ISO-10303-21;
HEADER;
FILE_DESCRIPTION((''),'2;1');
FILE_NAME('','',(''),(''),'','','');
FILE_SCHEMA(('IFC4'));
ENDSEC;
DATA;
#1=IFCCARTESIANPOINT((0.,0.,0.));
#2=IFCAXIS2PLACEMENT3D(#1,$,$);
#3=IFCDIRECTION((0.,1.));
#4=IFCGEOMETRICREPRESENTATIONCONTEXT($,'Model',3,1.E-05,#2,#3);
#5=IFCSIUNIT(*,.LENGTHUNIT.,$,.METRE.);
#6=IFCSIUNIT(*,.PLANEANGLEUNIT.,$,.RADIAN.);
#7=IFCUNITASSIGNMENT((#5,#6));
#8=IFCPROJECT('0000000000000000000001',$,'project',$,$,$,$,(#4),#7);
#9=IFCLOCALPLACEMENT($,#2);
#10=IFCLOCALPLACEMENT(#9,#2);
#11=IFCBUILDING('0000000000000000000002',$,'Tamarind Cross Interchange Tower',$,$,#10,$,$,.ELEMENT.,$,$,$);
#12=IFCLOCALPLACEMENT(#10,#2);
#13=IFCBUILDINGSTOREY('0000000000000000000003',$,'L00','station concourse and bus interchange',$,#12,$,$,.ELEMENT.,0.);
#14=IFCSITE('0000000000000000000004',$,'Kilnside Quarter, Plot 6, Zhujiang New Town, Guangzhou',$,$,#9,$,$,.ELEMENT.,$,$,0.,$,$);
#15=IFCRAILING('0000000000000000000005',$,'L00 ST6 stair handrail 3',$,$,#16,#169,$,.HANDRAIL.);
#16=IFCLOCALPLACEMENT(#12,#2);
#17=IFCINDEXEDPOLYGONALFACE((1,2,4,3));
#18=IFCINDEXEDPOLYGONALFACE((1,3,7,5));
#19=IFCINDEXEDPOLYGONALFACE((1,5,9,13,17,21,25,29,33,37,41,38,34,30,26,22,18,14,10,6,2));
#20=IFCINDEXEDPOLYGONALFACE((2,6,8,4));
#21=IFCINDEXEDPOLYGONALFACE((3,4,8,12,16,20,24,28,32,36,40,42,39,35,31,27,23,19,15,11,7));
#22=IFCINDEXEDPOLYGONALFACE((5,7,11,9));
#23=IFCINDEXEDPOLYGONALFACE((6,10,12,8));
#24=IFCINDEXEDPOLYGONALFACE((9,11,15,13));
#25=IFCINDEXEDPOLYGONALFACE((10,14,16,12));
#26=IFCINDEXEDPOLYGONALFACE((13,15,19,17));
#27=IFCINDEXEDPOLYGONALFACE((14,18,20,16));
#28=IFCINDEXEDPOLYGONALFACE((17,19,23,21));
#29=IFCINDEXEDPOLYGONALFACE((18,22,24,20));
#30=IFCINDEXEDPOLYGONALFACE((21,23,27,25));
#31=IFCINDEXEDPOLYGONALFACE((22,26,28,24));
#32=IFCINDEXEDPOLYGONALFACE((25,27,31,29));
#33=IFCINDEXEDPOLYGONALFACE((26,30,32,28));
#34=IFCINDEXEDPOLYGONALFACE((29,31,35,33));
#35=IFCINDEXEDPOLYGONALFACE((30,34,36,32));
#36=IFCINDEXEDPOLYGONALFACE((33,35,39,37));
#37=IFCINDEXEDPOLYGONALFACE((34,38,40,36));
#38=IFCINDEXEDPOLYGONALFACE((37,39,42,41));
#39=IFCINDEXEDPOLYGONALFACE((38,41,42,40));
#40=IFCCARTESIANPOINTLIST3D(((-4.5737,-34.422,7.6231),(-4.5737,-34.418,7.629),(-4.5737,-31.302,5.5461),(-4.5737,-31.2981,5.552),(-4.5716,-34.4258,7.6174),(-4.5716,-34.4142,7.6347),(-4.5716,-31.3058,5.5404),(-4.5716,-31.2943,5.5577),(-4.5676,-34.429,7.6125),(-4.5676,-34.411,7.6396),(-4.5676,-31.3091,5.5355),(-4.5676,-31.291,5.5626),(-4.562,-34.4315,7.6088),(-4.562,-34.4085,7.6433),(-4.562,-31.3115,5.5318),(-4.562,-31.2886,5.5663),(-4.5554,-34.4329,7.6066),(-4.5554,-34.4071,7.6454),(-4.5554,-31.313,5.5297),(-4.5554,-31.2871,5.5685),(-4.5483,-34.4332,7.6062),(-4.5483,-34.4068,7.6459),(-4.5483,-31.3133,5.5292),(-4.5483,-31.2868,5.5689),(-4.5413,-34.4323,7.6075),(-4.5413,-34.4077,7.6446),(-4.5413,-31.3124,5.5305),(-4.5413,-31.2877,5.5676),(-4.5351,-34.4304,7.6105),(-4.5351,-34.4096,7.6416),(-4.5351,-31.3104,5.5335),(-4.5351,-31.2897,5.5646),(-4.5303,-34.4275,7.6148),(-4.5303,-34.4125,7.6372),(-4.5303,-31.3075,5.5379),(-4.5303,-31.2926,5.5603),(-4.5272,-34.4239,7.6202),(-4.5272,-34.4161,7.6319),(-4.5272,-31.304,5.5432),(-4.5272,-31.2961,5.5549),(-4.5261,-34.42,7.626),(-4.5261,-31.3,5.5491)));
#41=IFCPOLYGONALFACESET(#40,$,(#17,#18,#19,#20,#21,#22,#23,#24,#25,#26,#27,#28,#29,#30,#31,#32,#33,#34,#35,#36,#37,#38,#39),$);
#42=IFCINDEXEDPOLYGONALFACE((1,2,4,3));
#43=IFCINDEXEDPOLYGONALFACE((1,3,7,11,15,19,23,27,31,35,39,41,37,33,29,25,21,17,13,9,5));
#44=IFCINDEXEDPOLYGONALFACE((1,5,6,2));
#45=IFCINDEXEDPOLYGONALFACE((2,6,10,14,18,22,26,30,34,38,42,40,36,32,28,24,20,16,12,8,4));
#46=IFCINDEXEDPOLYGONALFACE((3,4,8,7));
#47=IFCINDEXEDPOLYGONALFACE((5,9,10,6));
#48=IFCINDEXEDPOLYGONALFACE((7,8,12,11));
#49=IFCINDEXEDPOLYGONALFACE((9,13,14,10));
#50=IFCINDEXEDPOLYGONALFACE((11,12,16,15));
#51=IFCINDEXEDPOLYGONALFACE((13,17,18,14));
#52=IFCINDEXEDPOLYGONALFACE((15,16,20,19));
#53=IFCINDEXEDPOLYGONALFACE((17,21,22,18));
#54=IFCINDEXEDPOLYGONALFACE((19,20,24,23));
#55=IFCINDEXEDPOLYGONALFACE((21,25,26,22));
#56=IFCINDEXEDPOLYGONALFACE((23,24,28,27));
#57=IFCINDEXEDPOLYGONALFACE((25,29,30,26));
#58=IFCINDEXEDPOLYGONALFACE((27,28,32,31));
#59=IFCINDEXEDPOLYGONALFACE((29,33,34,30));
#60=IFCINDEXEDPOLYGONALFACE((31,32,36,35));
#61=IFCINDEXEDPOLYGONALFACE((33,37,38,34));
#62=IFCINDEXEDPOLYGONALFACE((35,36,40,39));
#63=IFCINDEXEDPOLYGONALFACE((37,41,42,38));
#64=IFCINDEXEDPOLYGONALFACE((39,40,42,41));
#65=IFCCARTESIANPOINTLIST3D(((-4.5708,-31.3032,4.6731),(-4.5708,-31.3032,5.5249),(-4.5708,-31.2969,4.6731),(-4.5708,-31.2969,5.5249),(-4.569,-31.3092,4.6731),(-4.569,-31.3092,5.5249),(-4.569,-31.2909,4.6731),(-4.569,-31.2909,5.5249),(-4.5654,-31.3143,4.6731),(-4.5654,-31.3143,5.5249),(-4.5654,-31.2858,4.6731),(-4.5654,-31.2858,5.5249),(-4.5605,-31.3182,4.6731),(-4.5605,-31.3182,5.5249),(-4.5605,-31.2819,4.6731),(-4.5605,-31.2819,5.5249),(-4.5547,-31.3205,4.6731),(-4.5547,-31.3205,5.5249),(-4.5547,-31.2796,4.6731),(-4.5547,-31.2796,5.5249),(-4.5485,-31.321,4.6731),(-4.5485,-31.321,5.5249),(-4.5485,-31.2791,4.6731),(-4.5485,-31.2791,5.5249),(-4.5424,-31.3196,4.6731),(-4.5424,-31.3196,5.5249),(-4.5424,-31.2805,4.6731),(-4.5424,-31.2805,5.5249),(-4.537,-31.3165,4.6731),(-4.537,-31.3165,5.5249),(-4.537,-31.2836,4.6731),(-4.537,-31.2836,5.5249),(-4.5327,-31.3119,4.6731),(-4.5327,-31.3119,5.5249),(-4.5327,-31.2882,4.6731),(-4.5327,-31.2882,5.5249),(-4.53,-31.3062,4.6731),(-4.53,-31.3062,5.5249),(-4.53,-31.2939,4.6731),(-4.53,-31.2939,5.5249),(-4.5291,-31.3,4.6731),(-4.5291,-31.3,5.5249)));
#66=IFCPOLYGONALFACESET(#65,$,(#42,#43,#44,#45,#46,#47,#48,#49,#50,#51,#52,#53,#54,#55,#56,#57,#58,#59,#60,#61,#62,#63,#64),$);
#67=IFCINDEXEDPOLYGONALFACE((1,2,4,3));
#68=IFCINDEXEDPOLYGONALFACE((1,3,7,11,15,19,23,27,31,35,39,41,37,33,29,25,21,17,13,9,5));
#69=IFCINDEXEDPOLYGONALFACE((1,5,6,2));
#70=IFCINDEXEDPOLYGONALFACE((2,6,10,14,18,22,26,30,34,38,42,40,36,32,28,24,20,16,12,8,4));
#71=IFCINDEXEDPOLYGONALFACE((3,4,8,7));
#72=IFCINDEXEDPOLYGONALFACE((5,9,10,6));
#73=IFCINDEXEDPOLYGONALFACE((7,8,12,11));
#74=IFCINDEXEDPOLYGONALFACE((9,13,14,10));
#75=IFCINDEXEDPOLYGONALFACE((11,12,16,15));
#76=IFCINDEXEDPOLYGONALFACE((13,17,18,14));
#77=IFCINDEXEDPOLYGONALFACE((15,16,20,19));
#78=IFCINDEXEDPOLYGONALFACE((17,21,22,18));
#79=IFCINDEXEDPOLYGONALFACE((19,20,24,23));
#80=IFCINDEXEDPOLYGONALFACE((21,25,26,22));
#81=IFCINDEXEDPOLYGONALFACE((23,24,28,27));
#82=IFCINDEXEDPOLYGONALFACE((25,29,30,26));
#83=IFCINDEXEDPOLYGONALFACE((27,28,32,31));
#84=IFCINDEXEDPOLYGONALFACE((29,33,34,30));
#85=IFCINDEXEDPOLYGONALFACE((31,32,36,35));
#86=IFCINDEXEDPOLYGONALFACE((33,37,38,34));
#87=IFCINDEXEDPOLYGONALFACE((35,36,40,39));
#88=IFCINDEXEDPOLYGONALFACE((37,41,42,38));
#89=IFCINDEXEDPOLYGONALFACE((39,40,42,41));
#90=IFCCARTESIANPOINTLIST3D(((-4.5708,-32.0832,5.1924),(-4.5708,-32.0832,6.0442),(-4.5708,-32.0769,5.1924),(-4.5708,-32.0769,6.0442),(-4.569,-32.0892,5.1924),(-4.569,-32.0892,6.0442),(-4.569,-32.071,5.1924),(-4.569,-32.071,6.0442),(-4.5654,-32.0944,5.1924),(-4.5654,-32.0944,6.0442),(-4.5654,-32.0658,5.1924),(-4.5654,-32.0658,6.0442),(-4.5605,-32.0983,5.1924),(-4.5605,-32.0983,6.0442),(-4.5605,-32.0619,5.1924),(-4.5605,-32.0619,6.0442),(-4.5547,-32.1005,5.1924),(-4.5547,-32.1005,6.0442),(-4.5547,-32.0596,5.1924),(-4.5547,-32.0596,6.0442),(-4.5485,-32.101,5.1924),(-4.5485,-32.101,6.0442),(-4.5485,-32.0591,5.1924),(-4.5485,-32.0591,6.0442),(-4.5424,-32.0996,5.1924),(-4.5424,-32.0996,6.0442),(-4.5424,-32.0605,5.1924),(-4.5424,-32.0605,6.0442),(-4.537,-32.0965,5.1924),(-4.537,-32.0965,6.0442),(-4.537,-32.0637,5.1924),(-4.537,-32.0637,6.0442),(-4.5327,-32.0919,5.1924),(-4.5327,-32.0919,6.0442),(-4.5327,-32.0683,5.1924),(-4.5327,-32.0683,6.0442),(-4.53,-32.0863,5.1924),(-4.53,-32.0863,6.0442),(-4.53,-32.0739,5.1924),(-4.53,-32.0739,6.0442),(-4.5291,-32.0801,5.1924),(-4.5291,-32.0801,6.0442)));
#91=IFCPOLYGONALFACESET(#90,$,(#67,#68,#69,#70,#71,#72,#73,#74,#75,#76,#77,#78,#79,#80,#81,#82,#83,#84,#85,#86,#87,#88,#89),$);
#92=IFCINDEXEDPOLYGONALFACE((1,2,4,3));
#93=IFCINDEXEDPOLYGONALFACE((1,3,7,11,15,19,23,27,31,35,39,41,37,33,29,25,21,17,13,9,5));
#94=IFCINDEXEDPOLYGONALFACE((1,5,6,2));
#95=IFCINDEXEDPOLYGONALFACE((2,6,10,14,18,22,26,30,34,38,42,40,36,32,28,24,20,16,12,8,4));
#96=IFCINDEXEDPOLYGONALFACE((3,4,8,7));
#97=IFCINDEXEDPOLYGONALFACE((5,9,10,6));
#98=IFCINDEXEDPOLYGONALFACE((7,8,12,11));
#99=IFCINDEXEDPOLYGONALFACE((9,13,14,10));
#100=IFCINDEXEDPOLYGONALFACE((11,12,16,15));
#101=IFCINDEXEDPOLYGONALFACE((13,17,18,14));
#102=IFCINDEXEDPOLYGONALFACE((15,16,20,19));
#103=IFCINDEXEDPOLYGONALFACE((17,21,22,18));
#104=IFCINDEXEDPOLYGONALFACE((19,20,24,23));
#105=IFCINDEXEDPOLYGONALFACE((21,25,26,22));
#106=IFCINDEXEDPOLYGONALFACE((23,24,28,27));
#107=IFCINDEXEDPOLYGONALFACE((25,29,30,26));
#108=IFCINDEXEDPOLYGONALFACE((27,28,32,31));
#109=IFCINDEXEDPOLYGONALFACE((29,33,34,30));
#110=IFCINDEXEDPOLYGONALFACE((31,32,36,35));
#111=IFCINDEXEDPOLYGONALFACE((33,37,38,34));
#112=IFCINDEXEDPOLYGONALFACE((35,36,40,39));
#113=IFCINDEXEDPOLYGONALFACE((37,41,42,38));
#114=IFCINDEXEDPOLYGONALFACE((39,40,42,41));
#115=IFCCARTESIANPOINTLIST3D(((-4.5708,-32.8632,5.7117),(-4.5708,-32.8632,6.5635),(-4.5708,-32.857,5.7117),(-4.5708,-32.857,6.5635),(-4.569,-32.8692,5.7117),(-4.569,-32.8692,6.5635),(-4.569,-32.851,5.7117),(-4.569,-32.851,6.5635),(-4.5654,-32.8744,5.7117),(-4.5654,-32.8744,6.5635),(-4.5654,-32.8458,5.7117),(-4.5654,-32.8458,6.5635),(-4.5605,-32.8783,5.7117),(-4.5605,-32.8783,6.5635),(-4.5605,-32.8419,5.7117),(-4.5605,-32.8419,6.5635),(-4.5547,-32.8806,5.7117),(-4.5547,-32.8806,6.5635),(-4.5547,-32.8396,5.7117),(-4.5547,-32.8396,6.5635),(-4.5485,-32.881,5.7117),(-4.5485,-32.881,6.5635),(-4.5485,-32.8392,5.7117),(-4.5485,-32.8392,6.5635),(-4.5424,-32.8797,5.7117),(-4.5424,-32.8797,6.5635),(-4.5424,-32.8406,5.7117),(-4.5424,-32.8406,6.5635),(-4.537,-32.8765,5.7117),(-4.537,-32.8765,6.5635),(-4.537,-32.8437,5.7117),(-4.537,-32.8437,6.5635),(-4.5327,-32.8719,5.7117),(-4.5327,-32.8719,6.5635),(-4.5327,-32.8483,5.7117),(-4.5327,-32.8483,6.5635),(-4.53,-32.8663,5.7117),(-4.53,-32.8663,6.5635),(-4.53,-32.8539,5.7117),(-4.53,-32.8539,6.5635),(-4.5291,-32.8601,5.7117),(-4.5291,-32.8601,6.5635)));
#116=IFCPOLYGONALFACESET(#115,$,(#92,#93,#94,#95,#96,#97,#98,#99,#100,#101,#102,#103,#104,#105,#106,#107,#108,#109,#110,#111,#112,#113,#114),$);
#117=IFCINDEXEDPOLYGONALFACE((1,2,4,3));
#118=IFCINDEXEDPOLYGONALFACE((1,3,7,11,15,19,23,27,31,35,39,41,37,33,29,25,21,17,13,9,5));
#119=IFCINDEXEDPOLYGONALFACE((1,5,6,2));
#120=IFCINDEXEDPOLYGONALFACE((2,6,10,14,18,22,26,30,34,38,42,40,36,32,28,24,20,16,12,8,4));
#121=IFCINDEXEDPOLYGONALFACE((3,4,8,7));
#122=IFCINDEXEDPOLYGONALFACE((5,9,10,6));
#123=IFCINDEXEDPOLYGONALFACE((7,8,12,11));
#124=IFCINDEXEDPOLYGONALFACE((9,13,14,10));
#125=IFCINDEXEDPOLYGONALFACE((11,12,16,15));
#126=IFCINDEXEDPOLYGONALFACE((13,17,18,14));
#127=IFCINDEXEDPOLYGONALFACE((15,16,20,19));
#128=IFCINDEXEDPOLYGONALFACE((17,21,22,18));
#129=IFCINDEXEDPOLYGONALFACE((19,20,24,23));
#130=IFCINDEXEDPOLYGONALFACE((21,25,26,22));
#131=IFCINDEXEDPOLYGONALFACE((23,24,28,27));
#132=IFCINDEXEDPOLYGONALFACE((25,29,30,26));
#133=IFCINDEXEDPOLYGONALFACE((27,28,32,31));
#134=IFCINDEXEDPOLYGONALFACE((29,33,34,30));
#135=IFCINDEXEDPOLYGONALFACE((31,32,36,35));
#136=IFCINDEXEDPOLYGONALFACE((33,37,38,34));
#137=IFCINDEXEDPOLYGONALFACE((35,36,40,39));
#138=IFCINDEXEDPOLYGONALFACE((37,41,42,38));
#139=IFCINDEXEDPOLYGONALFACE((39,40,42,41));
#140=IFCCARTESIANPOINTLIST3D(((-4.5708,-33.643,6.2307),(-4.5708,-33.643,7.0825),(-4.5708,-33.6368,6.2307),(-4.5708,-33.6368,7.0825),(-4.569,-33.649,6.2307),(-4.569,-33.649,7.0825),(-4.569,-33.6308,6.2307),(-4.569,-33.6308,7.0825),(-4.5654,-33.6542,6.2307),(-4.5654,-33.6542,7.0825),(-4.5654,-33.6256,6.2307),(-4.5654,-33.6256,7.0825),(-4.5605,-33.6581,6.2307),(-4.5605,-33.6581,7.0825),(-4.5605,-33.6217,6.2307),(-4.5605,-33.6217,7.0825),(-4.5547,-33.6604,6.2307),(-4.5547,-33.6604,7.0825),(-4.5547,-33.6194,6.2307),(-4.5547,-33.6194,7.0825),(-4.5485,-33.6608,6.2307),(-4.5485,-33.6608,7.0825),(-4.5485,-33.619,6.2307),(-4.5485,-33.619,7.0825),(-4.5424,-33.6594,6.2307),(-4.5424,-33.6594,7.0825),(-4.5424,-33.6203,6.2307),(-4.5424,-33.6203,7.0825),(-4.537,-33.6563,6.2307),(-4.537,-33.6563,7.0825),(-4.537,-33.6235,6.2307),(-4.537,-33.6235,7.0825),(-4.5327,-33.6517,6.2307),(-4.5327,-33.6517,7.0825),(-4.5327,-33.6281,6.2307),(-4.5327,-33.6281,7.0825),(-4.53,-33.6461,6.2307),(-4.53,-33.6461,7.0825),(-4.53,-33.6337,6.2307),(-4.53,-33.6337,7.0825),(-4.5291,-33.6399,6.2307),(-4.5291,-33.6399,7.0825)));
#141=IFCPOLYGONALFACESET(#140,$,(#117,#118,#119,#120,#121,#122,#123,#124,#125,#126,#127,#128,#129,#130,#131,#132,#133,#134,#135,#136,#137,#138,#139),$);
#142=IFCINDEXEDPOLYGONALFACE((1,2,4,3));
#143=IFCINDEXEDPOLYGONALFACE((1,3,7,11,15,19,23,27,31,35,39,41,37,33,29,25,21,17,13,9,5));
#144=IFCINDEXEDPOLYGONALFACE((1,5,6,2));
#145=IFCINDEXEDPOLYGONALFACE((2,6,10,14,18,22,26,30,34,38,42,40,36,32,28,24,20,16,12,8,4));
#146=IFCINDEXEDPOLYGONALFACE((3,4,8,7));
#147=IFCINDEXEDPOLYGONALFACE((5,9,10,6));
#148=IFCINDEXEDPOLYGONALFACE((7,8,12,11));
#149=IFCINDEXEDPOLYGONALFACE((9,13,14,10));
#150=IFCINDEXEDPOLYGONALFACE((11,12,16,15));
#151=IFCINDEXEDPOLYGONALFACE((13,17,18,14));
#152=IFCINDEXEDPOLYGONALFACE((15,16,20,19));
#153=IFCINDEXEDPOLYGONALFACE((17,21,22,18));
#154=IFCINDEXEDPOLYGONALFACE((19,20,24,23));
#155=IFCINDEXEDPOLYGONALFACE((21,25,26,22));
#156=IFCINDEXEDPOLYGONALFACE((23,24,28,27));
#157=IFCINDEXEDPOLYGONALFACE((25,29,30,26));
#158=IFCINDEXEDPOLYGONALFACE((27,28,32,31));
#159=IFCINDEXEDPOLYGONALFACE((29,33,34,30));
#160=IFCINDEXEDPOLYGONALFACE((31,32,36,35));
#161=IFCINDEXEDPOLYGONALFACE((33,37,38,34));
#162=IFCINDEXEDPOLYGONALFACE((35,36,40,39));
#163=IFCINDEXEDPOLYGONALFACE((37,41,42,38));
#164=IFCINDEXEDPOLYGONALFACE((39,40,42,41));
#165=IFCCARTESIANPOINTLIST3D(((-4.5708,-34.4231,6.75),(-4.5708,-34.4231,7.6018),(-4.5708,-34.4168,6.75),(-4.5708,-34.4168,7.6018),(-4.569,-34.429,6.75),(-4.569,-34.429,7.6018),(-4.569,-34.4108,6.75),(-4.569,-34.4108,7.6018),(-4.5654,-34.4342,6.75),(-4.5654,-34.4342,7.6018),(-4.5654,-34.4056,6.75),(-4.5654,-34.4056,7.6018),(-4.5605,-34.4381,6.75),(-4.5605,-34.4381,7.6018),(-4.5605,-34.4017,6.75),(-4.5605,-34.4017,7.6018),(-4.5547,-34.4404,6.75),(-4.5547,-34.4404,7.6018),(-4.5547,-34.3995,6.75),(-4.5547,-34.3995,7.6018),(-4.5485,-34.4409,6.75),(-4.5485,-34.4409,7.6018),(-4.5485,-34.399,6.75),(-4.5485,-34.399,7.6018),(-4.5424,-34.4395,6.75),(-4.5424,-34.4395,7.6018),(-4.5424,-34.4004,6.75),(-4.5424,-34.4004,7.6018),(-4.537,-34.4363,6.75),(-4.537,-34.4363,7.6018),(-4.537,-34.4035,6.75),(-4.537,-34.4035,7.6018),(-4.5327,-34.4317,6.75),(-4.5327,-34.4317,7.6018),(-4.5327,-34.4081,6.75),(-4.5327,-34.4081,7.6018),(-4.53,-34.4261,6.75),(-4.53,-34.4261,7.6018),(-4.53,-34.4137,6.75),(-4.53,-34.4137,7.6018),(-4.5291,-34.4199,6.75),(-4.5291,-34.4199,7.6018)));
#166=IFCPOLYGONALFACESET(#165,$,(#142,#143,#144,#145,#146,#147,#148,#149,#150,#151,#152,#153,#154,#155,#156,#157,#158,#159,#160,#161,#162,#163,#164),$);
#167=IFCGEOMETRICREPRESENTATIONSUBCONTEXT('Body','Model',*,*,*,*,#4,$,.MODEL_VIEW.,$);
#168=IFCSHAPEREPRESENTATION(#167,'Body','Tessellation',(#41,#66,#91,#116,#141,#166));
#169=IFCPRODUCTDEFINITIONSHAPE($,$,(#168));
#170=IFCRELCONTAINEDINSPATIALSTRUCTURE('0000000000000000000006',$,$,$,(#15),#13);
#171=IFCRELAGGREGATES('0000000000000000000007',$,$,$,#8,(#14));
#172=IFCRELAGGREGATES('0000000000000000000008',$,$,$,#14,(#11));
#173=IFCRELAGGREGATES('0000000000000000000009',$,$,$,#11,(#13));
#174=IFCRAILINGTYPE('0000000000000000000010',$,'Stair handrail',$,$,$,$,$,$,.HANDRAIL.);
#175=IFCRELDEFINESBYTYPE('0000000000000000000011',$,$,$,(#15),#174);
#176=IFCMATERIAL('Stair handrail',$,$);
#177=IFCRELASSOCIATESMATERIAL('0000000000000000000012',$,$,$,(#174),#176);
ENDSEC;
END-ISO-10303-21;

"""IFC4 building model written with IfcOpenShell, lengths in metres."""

from ifc_helpers import new_model, si_unit, direction, frame, origin, origin_2d, place, context, subcontext, project, spatial, circle, extrude, material, type_object, element, save


model = new_model("IFC4")

# Units and contexts
model_context = context("Model", 3, precision=1e-05, world=origin(), true_north=direction((0.0, 1.0)))
body_context = subcontext(model_context, "Body", "Model", "MODEL_VIEW")
ifc_project = project(units=[si_unit("LENGTHUNIT", "METRE"), si_unit("PLANEANGLEUNIT", "RADIAN")], contexts=[model_context])

# Site, building, storey
site_placement = place(None, origin())
site = spatial("IfcSite", under=ifc_project, at=site_placement, Name="Kilnside Quarter, Plot 6, Zhujiang New Town, Guangzhou", CompositionType="ELEMENT", RefElevation=0.0)
building_placement = place(site_placement, origin())
building = spatial("IfcBuilding", under=site, at=building_placement, Name="Tamarind Cross Interchange Tower", CompositionType="ELEMENT")
storey_placement = place(building_placement, origin())
storey = spatial("IfcBuildingStorey", under=building, at=storey_placement, Name="L00", Description="station concourse and bus interchange", CompositionType="ELEMENT", Elevation=0.0)

# Railing
ifc_material_1 = material(Name="Stair handrail")
railing_type_1 = type_object("IfcRailingType", Name="Stair handrail", PredefinedType="HANDRAIL", material=ifc_material_1)
for number, where, name in (
    (1, (-4.55, -31.3, 4.6731), "L00 ST6 stair handrail 3"),
):
    element("IfcRailing", number, at=place(storey_placement, frame(where)), inside=storey, type_object=railing_type_1, Name=name, PredefinedType="HANDRAIL", context=body_context, shape_type="SweptSolid", body=[
        extrude(circle(Radius=0.0239, at=origin_2d()), frame((0.0, 0.0, 0.876), z_axis=(0.0, -0.832421, 0.554144), x_axis=(1.0, 0.0, 0.0)), (0.0, 0.0, 1.0), 3.748),
        extrude(circle(Radius=0.021, at=origin_2d()), origin(), (0.0, 0.0, 1.0), 0.8518),
        extrude(circle(Radius=0.021, at=origin_2d()), frame((0.0, -0.78, 0.5193)), (0.0, 0.0, 1.0), 0.8518),
        extrude(circle(Radius=0.021, at=origin_2d()), frame((0.0, -1.5601, 1.0386)), (0.0, 0.0, 1.0), 0.8518),
        extrude(circle(Radius=0.021, at=origin_2d()), frame((0.0, -2.3398, 1.5576)), (0.0, 0.0, 1.0), 0.8518),
        extrude(circle(Radius=0.021, at=origin_2d()), frame((0.0, -3.1199, 2.0769)), (0.0, 0.0, 1.0), 0.8518),
    ])

save(model, "model.ifc")
